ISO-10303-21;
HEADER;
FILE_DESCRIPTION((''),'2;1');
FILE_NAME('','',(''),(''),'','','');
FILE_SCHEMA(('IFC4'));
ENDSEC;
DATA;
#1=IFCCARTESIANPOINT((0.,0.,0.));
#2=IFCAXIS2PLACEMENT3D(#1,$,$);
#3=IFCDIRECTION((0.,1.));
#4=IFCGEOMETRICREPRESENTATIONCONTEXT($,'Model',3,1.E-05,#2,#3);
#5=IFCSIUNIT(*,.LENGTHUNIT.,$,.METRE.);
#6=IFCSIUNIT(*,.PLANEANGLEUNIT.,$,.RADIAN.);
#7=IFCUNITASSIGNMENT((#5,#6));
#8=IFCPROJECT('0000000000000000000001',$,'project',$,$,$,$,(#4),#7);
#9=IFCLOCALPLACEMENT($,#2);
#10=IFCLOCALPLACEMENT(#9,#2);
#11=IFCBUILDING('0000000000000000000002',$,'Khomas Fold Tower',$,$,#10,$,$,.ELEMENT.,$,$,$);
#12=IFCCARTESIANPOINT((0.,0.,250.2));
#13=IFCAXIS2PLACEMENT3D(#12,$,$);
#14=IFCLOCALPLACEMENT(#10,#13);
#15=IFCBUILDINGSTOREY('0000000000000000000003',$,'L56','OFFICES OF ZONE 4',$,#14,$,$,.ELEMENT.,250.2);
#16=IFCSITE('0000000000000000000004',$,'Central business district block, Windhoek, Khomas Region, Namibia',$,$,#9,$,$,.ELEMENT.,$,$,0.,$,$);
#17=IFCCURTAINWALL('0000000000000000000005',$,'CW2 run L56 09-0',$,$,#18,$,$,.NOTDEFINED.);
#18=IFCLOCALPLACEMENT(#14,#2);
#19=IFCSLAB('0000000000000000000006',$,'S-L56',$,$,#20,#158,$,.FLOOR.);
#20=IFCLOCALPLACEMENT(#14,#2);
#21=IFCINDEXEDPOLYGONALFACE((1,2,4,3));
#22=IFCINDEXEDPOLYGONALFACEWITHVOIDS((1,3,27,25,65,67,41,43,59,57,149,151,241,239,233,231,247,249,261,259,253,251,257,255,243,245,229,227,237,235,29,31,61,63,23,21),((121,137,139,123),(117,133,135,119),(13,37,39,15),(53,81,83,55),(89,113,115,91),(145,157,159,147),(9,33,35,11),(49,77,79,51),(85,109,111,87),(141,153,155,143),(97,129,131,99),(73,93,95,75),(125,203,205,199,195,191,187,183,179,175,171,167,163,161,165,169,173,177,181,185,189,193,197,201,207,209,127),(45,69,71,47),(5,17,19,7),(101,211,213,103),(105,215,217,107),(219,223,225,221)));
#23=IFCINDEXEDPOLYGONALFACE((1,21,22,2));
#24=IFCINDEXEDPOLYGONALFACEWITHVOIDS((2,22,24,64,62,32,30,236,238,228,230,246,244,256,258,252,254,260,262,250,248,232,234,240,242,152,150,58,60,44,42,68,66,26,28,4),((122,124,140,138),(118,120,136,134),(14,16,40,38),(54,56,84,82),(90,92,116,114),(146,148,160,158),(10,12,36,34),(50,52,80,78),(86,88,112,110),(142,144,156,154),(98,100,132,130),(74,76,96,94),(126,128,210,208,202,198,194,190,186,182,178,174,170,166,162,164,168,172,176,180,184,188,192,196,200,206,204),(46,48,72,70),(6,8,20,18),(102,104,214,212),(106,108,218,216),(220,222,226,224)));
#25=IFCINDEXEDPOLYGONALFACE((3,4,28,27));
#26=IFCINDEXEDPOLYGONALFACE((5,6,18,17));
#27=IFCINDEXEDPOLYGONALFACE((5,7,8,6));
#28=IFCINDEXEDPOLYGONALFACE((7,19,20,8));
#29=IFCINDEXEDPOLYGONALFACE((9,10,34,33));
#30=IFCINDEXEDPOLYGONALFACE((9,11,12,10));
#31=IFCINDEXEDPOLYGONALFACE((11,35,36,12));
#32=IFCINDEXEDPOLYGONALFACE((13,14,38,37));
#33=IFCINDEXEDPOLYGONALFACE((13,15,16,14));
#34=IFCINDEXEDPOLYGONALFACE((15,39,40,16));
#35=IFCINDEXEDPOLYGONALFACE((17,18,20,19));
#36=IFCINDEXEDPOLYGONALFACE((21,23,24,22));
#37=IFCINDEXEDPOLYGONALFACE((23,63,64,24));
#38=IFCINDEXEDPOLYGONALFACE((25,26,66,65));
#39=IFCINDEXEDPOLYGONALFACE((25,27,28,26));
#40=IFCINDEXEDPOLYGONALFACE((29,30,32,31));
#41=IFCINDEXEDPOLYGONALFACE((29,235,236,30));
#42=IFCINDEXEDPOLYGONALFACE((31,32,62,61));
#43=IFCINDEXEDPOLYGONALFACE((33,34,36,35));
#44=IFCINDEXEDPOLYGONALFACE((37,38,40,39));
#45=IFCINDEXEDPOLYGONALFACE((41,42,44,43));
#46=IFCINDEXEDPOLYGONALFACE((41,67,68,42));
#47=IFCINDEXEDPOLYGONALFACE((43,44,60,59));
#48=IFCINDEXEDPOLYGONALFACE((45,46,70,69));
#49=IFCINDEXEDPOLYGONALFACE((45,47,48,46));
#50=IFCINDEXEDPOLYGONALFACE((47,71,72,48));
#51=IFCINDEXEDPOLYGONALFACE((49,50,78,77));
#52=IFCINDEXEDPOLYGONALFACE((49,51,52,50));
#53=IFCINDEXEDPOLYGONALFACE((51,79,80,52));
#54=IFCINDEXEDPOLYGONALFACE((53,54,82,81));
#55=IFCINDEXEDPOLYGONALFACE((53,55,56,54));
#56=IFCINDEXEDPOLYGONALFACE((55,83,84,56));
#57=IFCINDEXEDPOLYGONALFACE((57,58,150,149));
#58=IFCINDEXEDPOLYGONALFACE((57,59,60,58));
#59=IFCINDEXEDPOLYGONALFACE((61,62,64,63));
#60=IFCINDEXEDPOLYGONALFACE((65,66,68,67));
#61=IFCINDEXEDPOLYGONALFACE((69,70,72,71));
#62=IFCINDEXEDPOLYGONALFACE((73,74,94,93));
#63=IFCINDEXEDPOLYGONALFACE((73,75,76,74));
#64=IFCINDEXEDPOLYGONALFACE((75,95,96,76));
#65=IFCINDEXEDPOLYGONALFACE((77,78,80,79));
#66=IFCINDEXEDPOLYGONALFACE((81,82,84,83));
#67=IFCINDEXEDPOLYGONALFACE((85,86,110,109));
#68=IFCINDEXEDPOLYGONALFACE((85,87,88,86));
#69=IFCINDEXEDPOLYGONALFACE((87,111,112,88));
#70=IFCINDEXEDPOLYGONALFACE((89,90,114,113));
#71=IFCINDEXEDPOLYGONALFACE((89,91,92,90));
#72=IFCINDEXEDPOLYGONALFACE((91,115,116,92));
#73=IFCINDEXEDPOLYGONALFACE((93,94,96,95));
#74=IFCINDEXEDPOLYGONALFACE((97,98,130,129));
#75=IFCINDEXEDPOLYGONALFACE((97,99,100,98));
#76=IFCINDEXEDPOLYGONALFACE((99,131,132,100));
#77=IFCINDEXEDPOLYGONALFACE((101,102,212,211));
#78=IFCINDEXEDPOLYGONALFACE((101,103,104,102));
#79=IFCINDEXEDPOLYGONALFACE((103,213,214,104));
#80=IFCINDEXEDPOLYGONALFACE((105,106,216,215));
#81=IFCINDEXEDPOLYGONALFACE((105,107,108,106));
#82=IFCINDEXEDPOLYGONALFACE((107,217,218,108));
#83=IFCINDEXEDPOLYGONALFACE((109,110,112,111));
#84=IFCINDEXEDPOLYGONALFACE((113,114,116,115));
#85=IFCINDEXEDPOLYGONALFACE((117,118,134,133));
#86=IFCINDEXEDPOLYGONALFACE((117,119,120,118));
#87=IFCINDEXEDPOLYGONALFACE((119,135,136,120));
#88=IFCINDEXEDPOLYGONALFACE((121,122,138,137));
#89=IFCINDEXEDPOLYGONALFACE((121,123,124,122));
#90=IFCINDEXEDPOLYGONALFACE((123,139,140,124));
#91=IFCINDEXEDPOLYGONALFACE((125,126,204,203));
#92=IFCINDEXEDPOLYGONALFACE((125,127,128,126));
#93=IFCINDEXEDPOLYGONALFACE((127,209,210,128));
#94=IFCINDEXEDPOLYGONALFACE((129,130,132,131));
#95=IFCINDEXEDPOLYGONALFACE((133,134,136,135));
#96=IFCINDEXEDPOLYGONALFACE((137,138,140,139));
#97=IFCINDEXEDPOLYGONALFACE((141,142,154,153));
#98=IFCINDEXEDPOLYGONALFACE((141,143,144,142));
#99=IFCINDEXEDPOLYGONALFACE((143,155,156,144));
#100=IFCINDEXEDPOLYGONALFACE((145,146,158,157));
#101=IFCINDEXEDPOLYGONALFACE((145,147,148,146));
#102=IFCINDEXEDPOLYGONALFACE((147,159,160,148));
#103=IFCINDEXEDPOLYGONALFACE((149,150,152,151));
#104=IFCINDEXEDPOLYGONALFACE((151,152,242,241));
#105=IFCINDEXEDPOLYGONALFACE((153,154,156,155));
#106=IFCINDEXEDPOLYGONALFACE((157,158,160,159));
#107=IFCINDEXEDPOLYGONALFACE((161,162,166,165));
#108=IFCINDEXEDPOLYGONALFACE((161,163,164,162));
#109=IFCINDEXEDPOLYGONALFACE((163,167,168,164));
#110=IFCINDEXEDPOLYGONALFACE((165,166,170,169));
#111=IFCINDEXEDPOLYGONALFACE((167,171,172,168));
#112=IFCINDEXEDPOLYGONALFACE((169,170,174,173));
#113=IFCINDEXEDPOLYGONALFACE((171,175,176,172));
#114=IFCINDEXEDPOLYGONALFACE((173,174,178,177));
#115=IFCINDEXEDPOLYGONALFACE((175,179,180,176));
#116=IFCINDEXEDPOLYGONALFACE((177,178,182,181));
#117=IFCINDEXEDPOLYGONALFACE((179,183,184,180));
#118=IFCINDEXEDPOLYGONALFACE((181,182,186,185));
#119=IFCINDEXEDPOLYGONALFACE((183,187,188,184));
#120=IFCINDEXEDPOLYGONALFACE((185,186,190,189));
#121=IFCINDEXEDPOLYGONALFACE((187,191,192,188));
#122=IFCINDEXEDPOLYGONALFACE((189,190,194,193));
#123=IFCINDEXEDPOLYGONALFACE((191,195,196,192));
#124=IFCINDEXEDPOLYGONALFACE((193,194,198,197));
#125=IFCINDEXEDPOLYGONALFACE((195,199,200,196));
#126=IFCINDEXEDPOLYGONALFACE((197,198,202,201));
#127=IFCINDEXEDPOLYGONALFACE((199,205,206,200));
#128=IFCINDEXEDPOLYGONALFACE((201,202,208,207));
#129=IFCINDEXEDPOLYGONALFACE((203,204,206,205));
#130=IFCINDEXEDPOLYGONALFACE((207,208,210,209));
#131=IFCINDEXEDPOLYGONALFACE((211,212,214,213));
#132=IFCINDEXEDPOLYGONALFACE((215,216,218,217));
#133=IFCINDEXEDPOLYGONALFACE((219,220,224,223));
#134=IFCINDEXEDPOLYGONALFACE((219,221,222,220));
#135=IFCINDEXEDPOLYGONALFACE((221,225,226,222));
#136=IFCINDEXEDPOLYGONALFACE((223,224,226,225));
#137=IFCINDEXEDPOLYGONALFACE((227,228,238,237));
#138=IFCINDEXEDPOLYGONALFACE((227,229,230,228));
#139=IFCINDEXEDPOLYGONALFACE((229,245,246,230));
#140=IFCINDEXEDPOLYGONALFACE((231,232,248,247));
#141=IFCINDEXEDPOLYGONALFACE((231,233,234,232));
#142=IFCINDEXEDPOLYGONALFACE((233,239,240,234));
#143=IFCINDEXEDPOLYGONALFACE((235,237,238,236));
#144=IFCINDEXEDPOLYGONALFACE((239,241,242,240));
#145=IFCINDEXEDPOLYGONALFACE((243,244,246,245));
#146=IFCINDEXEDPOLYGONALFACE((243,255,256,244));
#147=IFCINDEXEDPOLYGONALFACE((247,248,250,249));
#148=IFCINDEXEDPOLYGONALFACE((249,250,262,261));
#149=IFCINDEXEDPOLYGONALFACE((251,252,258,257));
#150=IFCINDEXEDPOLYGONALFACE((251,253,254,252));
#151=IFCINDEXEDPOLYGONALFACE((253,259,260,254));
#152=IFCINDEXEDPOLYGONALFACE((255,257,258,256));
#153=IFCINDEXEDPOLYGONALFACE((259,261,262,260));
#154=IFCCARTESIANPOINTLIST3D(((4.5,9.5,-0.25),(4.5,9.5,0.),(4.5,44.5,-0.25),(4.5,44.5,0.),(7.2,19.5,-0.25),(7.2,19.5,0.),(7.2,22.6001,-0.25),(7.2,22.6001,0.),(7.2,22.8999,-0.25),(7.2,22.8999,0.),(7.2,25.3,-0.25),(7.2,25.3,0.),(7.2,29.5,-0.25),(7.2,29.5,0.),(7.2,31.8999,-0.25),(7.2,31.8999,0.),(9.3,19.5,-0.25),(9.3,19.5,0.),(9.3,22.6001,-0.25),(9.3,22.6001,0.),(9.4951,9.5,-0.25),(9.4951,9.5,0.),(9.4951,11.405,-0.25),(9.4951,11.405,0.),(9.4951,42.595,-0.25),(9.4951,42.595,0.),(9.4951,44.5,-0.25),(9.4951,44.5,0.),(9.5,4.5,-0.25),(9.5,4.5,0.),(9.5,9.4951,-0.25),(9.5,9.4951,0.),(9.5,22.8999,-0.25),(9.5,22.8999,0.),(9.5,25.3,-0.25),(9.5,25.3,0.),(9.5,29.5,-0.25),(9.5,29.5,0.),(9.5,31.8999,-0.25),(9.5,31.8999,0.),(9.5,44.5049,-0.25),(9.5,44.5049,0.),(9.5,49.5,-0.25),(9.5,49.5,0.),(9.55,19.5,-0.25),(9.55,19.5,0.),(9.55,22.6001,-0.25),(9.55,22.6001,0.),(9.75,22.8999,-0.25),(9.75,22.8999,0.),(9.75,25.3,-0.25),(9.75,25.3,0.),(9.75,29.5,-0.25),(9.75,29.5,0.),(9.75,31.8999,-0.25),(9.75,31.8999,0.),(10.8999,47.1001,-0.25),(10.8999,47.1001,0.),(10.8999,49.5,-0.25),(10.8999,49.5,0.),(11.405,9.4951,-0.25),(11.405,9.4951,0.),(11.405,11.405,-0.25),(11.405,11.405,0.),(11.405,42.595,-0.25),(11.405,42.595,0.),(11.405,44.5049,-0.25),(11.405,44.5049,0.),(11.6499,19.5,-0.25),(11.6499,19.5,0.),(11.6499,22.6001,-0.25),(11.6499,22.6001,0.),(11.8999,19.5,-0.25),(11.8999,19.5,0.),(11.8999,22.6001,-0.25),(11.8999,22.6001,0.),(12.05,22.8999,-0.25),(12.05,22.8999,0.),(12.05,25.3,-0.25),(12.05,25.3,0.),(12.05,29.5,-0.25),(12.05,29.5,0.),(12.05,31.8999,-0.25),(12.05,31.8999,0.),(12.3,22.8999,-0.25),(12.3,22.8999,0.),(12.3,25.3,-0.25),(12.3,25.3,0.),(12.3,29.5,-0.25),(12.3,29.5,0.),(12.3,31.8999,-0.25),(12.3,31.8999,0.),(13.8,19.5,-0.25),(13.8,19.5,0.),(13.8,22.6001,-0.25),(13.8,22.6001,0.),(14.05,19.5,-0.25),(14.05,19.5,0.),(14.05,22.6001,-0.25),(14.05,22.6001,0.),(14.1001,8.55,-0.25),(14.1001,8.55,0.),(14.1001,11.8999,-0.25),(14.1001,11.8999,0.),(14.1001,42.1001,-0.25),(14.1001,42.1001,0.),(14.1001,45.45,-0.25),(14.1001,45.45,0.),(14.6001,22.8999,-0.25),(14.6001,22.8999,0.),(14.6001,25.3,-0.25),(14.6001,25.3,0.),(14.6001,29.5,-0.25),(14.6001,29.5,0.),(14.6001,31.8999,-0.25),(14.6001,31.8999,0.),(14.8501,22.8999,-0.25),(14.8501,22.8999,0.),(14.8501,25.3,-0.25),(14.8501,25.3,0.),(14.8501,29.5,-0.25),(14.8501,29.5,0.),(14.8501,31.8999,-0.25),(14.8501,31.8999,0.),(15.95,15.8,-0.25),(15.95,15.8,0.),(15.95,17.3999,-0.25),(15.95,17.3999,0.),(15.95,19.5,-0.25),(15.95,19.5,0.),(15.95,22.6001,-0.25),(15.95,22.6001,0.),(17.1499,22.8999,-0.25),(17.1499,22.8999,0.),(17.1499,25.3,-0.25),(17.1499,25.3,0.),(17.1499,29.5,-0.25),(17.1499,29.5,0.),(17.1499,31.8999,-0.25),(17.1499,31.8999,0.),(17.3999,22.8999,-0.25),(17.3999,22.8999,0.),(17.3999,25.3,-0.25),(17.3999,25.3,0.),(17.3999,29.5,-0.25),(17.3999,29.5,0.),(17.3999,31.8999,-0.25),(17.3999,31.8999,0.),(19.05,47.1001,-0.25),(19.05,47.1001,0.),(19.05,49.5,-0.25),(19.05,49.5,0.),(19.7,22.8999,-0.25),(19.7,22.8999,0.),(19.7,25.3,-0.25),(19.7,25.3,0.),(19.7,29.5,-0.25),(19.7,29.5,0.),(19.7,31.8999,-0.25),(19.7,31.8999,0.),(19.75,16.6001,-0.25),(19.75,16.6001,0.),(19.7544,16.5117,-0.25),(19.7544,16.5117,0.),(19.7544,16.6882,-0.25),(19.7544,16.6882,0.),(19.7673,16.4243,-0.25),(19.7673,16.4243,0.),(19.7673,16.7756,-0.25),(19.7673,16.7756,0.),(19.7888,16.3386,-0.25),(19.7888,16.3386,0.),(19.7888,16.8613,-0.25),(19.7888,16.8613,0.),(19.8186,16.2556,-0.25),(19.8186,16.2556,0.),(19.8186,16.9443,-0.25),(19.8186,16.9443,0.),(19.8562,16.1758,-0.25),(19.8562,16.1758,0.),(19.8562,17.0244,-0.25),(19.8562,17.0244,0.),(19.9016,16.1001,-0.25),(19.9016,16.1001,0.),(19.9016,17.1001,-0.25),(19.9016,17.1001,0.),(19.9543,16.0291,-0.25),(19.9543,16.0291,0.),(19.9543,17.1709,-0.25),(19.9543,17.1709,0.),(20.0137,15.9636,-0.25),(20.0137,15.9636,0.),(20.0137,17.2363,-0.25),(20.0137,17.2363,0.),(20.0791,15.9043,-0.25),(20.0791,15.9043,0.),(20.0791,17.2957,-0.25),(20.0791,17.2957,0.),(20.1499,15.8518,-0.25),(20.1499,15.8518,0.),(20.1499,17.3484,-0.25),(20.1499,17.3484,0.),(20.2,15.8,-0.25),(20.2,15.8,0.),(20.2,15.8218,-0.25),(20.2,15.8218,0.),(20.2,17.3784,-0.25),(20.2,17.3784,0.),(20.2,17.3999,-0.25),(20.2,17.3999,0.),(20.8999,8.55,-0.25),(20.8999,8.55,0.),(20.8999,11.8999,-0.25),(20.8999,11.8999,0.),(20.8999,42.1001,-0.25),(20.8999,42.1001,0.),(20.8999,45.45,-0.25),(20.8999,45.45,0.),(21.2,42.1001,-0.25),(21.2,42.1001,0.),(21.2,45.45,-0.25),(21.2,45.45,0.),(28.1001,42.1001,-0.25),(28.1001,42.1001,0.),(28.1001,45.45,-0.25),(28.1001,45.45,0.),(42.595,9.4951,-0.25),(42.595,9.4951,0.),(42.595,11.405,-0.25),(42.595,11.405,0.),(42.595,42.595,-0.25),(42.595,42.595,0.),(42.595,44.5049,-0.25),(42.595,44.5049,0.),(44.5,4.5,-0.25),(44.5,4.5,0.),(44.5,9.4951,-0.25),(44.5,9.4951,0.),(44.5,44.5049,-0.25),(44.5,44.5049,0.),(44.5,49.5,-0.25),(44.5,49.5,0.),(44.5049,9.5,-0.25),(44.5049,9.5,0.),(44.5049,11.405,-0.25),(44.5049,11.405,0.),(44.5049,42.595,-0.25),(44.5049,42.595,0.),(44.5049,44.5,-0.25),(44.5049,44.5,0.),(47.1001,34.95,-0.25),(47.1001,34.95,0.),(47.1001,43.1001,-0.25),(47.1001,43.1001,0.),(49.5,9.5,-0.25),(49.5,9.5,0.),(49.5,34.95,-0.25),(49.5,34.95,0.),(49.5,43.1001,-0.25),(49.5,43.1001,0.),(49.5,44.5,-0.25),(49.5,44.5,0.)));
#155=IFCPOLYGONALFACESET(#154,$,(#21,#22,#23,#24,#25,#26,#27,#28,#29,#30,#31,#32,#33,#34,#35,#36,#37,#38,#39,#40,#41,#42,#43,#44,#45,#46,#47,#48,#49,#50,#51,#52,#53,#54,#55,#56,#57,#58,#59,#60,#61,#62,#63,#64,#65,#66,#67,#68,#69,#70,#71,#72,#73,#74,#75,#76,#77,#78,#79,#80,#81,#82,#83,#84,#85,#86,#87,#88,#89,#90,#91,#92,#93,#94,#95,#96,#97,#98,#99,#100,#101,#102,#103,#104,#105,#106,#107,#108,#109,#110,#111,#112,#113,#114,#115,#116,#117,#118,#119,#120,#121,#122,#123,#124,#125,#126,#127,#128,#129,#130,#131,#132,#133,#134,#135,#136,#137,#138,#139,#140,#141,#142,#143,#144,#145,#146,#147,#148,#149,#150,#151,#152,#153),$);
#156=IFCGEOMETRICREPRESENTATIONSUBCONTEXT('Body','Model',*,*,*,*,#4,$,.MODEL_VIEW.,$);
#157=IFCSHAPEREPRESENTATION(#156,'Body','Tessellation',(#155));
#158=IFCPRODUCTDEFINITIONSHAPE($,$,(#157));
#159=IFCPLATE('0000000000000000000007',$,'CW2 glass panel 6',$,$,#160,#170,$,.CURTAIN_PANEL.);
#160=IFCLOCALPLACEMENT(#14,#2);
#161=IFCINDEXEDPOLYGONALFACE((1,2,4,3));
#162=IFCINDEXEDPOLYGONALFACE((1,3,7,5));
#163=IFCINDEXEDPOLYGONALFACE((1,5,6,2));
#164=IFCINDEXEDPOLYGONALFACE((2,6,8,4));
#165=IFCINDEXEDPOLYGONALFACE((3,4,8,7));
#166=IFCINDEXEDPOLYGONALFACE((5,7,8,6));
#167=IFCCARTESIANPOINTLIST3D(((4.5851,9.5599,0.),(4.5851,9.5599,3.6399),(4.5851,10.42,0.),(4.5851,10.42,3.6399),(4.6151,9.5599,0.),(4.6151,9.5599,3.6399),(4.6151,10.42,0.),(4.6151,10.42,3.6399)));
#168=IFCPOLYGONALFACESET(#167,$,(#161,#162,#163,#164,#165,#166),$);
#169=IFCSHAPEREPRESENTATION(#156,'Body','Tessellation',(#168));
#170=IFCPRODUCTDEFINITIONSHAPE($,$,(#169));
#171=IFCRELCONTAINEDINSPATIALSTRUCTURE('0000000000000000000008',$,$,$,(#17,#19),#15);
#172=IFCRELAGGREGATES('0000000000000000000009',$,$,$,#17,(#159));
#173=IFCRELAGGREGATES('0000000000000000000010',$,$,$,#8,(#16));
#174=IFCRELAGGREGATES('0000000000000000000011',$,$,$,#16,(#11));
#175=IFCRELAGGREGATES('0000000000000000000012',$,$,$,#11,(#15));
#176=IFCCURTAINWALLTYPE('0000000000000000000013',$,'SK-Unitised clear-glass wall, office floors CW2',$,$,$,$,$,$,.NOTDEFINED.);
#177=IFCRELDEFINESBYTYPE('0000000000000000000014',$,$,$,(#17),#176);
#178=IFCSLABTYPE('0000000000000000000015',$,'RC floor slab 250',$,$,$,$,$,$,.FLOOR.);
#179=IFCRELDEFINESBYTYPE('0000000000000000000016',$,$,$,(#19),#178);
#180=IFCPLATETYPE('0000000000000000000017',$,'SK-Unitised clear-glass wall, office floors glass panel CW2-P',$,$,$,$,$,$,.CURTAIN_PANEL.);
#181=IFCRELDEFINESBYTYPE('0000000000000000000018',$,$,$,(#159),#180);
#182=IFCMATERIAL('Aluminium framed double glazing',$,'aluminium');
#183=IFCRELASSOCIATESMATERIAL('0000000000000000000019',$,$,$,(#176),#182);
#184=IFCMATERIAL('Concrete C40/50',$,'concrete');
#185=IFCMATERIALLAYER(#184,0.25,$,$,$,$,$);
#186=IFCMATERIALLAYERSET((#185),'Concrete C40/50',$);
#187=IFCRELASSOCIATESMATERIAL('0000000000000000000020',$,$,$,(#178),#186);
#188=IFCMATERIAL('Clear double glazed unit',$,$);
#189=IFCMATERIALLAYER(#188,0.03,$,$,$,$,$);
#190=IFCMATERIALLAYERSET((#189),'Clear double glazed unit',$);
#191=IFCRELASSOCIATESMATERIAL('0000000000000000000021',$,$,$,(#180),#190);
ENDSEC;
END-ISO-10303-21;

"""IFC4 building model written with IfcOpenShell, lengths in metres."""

from ifc_helpers import new_model, si_unit, direction, frame, origin, origin_2d, place, context, subcontext, project, spatial, polyline, rectangle, outline, extrude, source, transform, mapped, material, layer, layer_set, type_object, element, aggregate, save


model = new_model("IFC4")

# Units and contexts
model_context = context("Model", 3, precision=1e-05, world=origin(), true_north=direction((0.0, 1.0)))
body_context = subcontext(model_context, "Body", "Model", "MODEL_VIEW")
ifc_project = project(units=[si_unit("LENGTHUNIT", "METRE"), si_unit("PLANEANGLEUNIT", "RADIAN")], contexts=[model_context])

# Site, building, storey
site_placement = place(None, origin())
site = spatial("IfcSite", under=ifc_project, at=site_placement, Name="Central business district block, Windhoek, Khomas Region, Namibia", CompositionType="ELEMENT", RefElevation=0.0)
building_placement = place(site_placement, origin())
building = spatial("IfcBuilding", under=site, at=building_placement, Name="Khomas Fold Tower", CompositionType="ELEMENT")
storey_placement = place(building_placement, frame((0.0, 0.0, 250.2)))
storey = spatial("IfcBuildingStorey", under=building, at=storey_placement, Name="L56", Description="OFFICES OF ZONE 4", CompositionType="ELEMENT", Elevation=250.2)

# Curtain wall
ifc_material_1 = material(Name="Aluminium framed double glazing", Category="aluminium")
curtain_wall_type = type_object("IfcCurtainWallType", Name="SK-Unitised clear-glass wall, office floors CW2", PredefinedType="NOTDEFINED", material=ifc_material_1)
curtain_wall_1_placement = place(storey_placement, origin())
curtain_wall_1 = element("IfcCurtainWall", 1, at=curtain_wall_1_placement, inside=storey, type_object=curtain_wall_type, Name="CW2 run L56 09-0", PredefinedType="NOTDEFINED")

# Slab
ifc_material_2 = material(Name="Concrete C40/50", Category="concrete")
ifc_layer_1 = layer(ifc_material_2, 0.25)
ifc_layer_set_1 = layer_set([ifc_layer_1], Name="Concrete C40/50")
slab_type_1 = type_object("IfcSlabType", Name="RC floor slab 250", PredefinedType="FLOOR", material=ifc_layer_set_1)
shared_shape_1 = source(origin(), body_context, "Body", "SweptSolid", [
    extrude(outline(polyline([(4.5, 9.5), (9.4951, 9.5), (9.4951, 11.405), (11.405, 11.405), (11.405, 9.4951), (9.5, 9.4951), (9.5, 4.5), (44.5, 4.5), (44.5, 9.4951), (42.595, 9.4951), (42.595, 11.405), (44.5049, 11.405), (44.5049, 9.5), (49.5, 9.5), (49.5, 34.95), (47.1001, 34.95), (47.1001, 43.1001), (49.5, 43.1001), (49.5, 44.5), (44.5049, 44.5), (44.5049, 42.595), (42.595, 42.595), (42.595, 44.5049), (44.5, 44.5049), (44.5, 49.5), (19.05, 49.5), (19.05, 47.1001), (10.8999, 47.1001), (10.8999, 49.5), (9.5, 49.5), (9.5, 44.5049), (11.405, 44.5049), (11.405, 42.595), (9.4951, 42.595), (9.4951, 44.5), (4.5, 44.5), (4.5, 9.5)]), holes=[polyline([(7.2, 19.5), (7.2, 22.6001), (9.3, 22.6001), (9.3, 19.5), (7.2, 19.5)]), polyline([(7.2, 22.8999), (7.2, 25.3), (9.5, 25.3), (9.5, 22.8999), (7.2, 22.8999)]), polyline([(7.2, 29.5), (7.2, 31.8999), (9.5, 31.8999), (9.5, 29.5), (7.2, 29.5)]), polyline([(9.55, 19.5), (9.55, 22.6001), (11.6499, 22.6001), (11.6499, 19.5), (9.55, 19.5)]), polyline([(9.75, 22.8999), (9.75, 25.3), (12.05, 25.3), (12.05, 22.8999), (9.75, 22.8999)]), polyline([(9.75, 29.5), (9.75, 31.8999), (12.05, 31.8999), (12.05, 29.5), (9.75, 29.5)]), polyline([(11.8999, 19.5), (11.8999, 22.6001), (13.8, 22.6001), (13.8, 19.5), (11.8999, 19.5)]), polyline([(12.3, 22.8999), (12.3, 25.3), (14.6001, 25.3), (14.6001, 22.8999), (12.3, 22.8999)]), polyline([(12.3, 29.5), (12.3, 31.8999), (14.6001, 31.8999), (14.6001, 29.5), (12.3, 29.5)]), polyline([(14.05, 19.5), (14.05, 22.6001), (15.95, 22.6001), (15.95, 19.5), (14.05, 19.5)]), polyline([(14.1001, 8.55), (14.1001, 11.8999), (20.8999, 11.8999), (20.8999, 8.55), (14.1001, 8.55)]), polyline([(14.1001, 42.1001), (14.1001, 45.45), (20.8999, 45.45), (20.8999, 42.1001), (14.1001, 42.1001)]), polyline([(14.8501, 22.8999), (14.8501, 25.3), (17.1499, 25.3), (17.1499, 22.8999), (14.8501, 22.8999)]), polyline([(14.8501, 29.5), (14.8501, 31.8999), (17.1499, 31.8999), (17.1499, 29.5), (14.8501, 29.5)]), polyline([(15.95, 15.8), (15.95, 17.3999), (20.2, 17.3999), (20.2, 17.3784), (20.1499, 17.3484), (20.0791, 17.2957), (20.0137, 17.2363), (19.9543, 17.1709), (19.9016, 17.1001), (19.8562, 17.0244), (19.8186, 16.9443), (19.7888, 16.8613), (19.7673, 16.7756), (19.7544, 16.6882), (19.75, 16.6001), (19.7544, 16.5117), (19.7673, 16.4243), (19.7888, 16.3386), (19.8186, 16.2556), (19.8562, 16.1758), (19.9016, 16.1001), (19.9543, 16.0291), (20.0137, 15.9636), (20.0791, 15.9043), (20.1499, 15.8518), (20.2, 15.8218), (20.2, 15.8), (15.95, 15.8)]), polyline([(17.3999, 22.8999), (17.3999, 25.3), (19.7, 25.3), (19.7, 22.8999), (17.3999, 22.8999)]), polyline([(17.3999, 29.5), (17.3999, 31.8999), (19.7, 31.8999), (19.7, 29.5), (17.3999, 29.5)]), polyline([(21.2, 42.1001), (21.2, 45.45), (28.1001, 45.45), (28.1001, 42.1001), (21.2, 42.1001)])]), origin(), (0.0, 0.0, 1.0), 0.25),
])
slab_1_placement = place(storey_placement, frame((0.0, 0.0, -0.25)))
element("IfcSlab", 2, at=slab_1_placement, inside=storey, type_object=slab_type_1, Name="S-L56", PredefinedType="FLOOR", context=body_context, shape_type="MappedRepresentation", body=[
    mapped(shared_shape_1, transform((0.0, 0.0, 0.0))),
])

# Plate
ifc_material_3 = material(Name="Clear double glazed unit")
ifc_layer_2 = layer(ifc_material_3, 0.03)
ifc_layer_set_2 = layer_set([ifc_layer_2], Name="Clear double glazed unit")
plate_type = type_object("IfcPlateType", Name="SK-Unitised clear-glass wall, office floors glass panel CW2-P", PredefinedType="CURTAIN_PANEL", material=ifc_layer_set_2)
shared_shape_2 = source(origin(), body_context, "Body", "SweptSolid", [
    extrude(rectangle(XDim=0.8601, YDim=0.03, at=origin_2d()), origin(), (0.0, 0.0, 1.0), 3.6399),
])
plate_1_placement = place(storey_placement, frame((4.6001, 9.99, 0.0), z_axis=(0.0, 0.0, 1.0), x_axis=(0.0, -1.0, 0.0)))
plate_1 = element("IfcPlate", 3, at=plate_1_placement, type_object=plate_type, Name="CW2 glass panel 6", PredefinedType="CURTAIN_PANEL", context=body_context, shape_type="MappedRepresentation", body=[
    mapped(shared_shape_2, transform((0.0, 0.0, 0.0))),
])
aggregate(curtain_wall_1, [plate_1])

save(model, "model.ifc")
